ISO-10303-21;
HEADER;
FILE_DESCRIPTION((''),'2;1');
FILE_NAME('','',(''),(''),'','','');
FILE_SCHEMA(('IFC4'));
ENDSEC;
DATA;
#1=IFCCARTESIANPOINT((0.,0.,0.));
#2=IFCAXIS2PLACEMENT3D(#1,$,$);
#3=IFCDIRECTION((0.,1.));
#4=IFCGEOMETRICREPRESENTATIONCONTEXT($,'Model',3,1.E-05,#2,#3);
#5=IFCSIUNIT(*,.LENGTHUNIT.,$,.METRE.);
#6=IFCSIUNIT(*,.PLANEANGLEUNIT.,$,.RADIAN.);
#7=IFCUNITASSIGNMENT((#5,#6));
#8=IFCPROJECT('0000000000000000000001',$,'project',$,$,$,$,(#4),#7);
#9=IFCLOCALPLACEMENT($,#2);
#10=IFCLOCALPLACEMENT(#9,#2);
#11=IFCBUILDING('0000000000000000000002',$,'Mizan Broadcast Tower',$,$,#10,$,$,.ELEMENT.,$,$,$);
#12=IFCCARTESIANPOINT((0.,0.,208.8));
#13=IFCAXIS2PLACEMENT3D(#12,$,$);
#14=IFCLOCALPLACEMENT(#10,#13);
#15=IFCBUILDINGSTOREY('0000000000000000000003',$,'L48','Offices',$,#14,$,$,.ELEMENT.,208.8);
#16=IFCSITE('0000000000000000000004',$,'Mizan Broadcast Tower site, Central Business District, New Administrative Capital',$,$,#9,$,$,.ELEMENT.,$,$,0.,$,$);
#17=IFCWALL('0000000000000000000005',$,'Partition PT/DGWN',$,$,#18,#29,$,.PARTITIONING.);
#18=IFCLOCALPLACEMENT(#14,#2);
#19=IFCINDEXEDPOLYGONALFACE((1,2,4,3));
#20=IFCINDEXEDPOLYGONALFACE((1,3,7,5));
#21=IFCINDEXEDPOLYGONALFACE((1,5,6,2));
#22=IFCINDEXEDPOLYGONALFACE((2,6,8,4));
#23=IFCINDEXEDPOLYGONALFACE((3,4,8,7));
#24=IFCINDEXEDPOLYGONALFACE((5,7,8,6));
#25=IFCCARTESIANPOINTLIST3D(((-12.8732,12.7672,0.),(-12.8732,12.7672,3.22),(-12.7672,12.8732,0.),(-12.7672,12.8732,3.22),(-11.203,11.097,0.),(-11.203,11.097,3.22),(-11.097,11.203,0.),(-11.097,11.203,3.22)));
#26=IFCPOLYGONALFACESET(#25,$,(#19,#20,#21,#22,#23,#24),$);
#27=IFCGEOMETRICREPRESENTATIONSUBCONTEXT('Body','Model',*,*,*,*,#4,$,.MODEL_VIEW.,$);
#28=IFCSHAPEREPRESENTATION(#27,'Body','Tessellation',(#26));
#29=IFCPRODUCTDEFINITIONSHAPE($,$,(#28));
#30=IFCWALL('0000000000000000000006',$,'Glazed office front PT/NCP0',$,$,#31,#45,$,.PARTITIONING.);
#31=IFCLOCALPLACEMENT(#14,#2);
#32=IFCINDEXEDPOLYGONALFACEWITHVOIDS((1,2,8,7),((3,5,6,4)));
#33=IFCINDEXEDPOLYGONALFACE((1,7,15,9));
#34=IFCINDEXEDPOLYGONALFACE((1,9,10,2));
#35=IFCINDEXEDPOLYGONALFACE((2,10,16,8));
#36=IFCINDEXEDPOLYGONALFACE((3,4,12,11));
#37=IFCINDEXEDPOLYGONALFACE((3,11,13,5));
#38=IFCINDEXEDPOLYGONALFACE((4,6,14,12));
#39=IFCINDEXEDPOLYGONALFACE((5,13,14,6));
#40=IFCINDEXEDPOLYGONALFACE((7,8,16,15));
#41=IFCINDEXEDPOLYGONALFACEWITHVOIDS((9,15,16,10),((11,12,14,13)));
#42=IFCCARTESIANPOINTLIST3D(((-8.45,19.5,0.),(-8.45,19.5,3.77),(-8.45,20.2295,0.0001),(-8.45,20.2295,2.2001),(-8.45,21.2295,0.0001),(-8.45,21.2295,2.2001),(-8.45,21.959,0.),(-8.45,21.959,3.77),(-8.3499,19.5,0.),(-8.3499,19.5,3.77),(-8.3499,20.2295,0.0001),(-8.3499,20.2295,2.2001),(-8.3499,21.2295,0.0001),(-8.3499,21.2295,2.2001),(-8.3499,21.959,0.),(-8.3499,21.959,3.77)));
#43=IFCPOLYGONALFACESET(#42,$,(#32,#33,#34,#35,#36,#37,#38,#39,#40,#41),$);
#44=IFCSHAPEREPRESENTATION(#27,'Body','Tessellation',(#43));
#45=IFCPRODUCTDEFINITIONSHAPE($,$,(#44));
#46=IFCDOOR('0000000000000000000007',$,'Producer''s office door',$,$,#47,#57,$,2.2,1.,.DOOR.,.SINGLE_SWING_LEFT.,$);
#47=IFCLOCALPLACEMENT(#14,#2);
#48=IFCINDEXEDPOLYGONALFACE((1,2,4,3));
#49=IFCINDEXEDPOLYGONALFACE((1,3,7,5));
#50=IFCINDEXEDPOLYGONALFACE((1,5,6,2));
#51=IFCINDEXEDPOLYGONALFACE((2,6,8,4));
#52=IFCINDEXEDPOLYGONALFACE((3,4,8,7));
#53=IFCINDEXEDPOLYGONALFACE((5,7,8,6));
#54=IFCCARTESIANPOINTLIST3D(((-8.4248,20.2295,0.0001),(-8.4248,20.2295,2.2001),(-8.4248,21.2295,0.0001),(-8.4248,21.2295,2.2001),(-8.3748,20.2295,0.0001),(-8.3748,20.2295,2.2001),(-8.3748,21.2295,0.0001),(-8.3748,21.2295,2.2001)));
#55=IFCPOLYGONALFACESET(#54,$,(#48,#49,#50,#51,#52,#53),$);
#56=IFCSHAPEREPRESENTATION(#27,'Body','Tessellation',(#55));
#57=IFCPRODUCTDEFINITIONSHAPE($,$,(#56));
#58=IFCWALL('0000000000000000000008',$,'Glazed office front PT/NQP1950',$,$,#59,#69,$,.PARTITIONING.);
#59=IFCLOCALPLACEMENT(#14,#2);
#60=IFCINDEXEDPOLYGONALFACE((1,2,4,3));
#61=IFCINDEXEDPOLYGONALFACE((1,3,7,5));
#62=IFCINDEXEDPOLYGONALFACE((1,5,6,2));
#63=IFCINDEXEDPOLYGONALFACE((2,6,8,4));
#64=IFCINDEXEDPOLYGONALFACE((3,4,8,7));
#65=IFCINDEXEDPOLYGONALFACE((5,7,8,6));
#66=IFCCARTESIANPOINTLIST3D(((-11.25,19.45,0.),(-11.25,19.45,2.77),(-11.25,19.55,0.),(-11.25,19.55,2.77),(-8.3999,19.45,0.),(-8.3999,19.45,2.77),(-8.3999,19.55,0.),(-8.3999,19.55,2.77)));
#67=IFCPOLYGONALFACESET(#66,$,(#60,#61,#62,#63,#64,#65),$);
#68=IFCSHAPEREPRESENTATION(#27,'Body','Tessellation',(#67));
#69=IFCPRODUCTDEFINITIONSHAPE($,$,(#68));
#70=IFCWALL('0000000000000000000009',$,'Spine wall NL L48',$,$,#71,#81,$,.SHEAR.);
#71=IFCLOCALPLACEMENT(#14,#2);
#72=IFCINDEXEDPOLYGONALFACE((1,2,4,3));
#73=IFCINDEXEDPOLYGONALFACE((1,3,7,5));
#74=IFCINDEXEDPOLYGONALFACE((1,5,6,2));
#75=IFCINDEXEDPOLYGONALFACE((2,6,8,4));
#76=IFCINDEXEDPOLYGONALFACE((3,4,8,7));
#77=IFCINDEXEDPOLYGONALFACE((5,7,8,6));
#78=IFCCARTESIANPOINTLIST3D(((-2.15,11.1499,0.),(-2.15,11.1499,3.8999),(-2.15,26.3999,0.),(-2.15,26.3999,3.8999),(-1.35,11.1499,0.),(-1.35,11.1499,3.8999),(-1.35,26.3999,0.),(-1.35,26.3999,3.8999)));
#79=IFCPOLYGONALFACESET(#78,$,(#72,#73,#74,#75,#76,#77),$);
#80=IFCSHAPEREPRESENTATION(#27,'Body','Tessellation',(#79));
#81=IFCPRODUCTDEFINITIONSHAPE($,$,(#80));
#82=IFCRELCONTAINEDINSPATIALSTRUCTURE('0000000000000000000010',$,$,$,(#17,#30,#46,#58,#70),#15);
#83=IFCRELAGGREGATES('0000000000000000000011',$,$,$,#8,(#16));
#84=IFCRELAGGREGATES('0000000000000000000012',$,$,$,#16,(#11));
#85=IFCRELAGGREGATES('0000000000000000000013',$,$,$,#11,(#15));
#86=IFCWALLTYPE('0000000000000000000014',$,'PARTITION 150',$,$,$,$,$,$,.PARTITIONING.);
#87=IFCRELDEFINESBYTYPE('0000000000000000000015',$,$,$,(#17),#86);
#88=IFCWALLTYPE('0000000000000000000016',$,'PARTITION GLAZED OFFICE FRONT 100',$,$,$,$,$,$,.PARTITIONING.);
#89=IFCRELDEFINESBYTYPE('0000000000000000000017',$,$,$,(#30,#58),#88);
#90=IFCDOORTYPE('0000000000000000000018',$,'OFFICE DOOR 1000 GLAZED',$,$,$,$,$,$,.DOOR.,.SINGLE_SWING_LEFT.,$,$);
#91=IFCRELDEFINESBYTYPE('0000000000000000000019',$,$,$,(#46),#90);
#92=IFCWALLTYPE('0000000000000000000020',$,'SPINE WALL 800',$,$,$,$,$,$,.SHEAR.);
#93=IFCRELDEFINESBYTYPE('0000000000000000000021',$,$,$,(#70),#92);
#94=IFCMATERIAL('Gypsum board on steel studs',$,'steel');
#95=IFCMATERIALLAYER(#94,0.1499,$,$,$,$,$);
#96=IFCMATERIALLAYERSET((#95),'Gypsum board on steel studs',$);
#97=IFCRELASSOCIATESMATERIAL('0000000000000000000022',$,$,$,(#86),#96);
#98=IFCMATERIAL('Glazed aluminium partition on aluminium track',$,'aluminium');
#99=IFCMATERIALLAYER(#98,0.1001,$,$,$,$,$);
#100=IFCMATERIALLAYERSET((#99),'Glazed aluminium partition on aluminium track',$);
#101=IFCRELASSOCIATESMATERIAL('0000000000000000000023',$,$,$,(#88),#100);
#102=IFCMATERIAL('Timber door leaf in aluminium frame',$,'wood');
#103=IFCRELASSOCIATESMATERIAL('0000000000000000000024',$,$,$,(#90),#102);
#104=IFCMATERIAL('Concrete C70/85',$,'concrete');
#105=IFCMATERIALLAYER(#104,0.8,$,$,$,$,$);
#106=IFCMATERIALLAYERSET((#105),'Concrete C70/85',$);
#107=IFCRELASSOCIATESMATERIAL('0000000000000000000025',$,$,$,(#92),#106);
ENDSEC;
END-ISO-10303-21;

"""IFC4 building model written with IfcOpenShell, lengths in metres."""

from ifc_helpers import new_model, si_unit, direction, frame, frame_2d, origin, place, context, subcontext, project, spatial, rectangle, extrude, material, layer, layer_set, type_object, element, fill, save


model = new_model("IFC4")

# Units and contexts
model_context = context("Model", 3, precision=1e-05, world=origin(), true_north=direction((0.0, 1.0)))
body_context = subcontext(model_context, "Body", "Model", "MODEL_VIEW")
ifc_project = project(units=[si_unit("LENGTHUNIT", "METRE"), si_unit("PLANEANGLEUNIT", "RADIAN")], contexts=[model_context])

# Site, building, storey
site_placement = place(None, origin())
site = spatial("IfcSite", under=ifc_project, at=site_placement, Name="Mizan Broadcast Tower site, Central Business District, New Administrative Capital", CompositionType="ELEMENT", RefElevation=0.0)
building_placement = place(site_placement, origin())
building = spatial("IfcBuilding", under=site, at=building_placement, Name="Mizan Broadcast Tower", CompositionType="ELEMENT")
storey_placement = place(building_placement, frame((0.0, 0.0, 208.8)))
storey = spatial("IfcBuildingStorey", under=building, at=storey_placement, Name="L48", Description="Offices", CompositionType="ELEMENT", Elevation=208.8)

# Wall
ifc_material_1 = material(Name="Gypsum board on steel studs", Category="steel")
ifc_layer_1 = layer(ifc_material_1, 0.1499)
ifc_layer_set_1 = layer_set([ifc_layer_1], Name="Gypsum board on steel studs")
wall_type_1 = type_object("IfcWallType", Name="PARTITION 150", PredefinedType="PARTITIONING", material=ifc_layer_set_1)
wall_1_placement = place(storey_placement, frame((-11.1499, 11.1499, 0.0), z_axis=(0.0, 0.0, 1.0), x_axis=(-0.707107, 0.707107, 0.0)))
element("IfcWall", 1, at=wall_1_placement, inside=storey, type_object=wall_type_1, Name="Partition PT/DGWN", PredefinedType="PARTITIONING", context=body_context, shape_type="SweptSolid", body=[
    extrude(rectangle(XDim=2.3621, YDim=0.1499, at=frame_2d((1.1812, 0.0))), origin(), (0.0, 0.0, 1.0), 3.22),
])

# Wall, opening, door
ifc_material_2 = material(Name="Glazed aluminium partition on aluminium track", Category="aluminium")
ifc_layer_2 = layer(ifc_material_2, 0.1001)
ifc_layer_set_2 = layer_set([ifc_layer_2], Name="Glazed aluminium partition on aluminium track")
wall_type_2 = type_object("IfcWallType", Name="PARTITION GLAZED OFFICE FRONT 100", PredefinedType="PARTITIONING", material=ifc_layer_set_2)
wall_2_placement = place(storey_placement, frame((-8.3999, 19.5, 0.0), z_axis=(0.0, 0.0, 1.0), x_axis=(0.0, 1.0, 0.0)))
wall_2 = element("IfcWall", 2, at=wall_2_placement, inside=storey, type_object=wall_type_2, Name="Glazed office front PT/NCP0", PredefinedType="PARTITIONING", context=body_context, shape_type="SweptSolid", body=[
    extrude(rectangle(XDim=2.459, YDim=0.1001, at=frame_2d((1.2295, 0.0))), origin(), (0.0, 0.0, 1.0), 3.77),
])
opening_1_placement = place(wall_2_placement, frame((0.7295, 0.0, 0.0)))
opening_1 = element("IfcOpeningElement", 3, at=opening_1_placement, cuts=wall_2, PredefinedType="OPENING", context=body_context, shape_type="SweptSolid", body=[
    extrude(rectangle(XDim=1.0, YDim=2.2, at=frame_2d((0.5, 1.1001))), frame((0.0, 0.0601, 0.0), z_axis=(0.0, -1.0, 0.0), x_axis=(1.0, 0.0, 0.0)), (0.0, 0.0, 1.0), 0.1201),
])
ifc_material_3 = material(Name="Timber door leaf in aluminium frame", Category="wood")
door_type_1 = type_object("IfcDoorType", Name="OFFICE DOOR 1000 GLAZED", OperationType="SINGLE_SWING_LEFT", PredefinedType="DOOR", material=ifc_material_3)
door_1_placement = place(opening_1_placement, origin())
door_1 = element("IfcDoor", 4, at=door_1_placement, inside=storey, type_object=door_type_1, Name="Producer's office door", OperationType="SINGLE_SWING_LEFT", OverallHeight=2.2, OverallWidth=1.0, PredefinedType="DOOR", context=body_context, shape_type="SweptSolid", body=[
    extrude(rectangle(XDim=1.0, YDim=2.2, at=frame_2d((0.5, 1.1001))), frame((0.0, 0.0249, 0.0), z_axis=(0.0, -1.0, 0.0), x_axis=(1.0, 0.0, 0.0)), (0.0, 0.0, 1.0), 0.05),
])
fill(opening_1, door_1)

# Walls
wall_3_placement = place(storey_placement, frame((-8.3999, 19.5, 0.0), z_axis=(0.0, 0.0, 1.0), x_axis=(-1.0, 0.0, 0.0)))
element("IfcWall", 5, at=wall_3_placement, inside=storey, type_object=wall_type_2, Name="Glazed office front PT/NQP1950", PredefinedType="PARTITIONING", context=body_context, shape_type="SweptSolid", body=[
    extrude(rectangle(XDim=2.8501, YDim=0.1001, at=frame_2d((1.425, 0.0))), origin(), (0.0, 0.0, 1.0), 2.77),
])
ifc_material_4 = material(Name="Concrete C70/85", Category="concrete")
ifc_layer_3 = layer(ifc_material_4, 0.8)
ifc_layer_set_3 = layer_set([ifc_layer_3], Name="Concrete C70/85")
wall_type_3 = type_object("IfcWallType", Name="SPINE WALL 800", PredefinedType="SHEAR", material=ifc_layer_set_3)
wall_4_placement = place(storey_placement, frame((-1.75, 11.1499, 0.0), z_axis=(0.0, 0.0, 1.0), x_axis=(0.0, 1.0, 0.0)))
element("IfcWall", 6, at=wall_4_placement, inside=storey, type_object=wall_type_3, Name="Spine wall NL L48", PredefinedType="SHEAR", context=body_context, shape_type="SweptSolid", body=[
    extrude(rectangle(XDim=15.25, YDim=0.8, at=frame_2d((7.625, 0.0))), origin(), (0.0, 0.0, 1.0), 3.8999),
])

save(model, "model.ifc")
